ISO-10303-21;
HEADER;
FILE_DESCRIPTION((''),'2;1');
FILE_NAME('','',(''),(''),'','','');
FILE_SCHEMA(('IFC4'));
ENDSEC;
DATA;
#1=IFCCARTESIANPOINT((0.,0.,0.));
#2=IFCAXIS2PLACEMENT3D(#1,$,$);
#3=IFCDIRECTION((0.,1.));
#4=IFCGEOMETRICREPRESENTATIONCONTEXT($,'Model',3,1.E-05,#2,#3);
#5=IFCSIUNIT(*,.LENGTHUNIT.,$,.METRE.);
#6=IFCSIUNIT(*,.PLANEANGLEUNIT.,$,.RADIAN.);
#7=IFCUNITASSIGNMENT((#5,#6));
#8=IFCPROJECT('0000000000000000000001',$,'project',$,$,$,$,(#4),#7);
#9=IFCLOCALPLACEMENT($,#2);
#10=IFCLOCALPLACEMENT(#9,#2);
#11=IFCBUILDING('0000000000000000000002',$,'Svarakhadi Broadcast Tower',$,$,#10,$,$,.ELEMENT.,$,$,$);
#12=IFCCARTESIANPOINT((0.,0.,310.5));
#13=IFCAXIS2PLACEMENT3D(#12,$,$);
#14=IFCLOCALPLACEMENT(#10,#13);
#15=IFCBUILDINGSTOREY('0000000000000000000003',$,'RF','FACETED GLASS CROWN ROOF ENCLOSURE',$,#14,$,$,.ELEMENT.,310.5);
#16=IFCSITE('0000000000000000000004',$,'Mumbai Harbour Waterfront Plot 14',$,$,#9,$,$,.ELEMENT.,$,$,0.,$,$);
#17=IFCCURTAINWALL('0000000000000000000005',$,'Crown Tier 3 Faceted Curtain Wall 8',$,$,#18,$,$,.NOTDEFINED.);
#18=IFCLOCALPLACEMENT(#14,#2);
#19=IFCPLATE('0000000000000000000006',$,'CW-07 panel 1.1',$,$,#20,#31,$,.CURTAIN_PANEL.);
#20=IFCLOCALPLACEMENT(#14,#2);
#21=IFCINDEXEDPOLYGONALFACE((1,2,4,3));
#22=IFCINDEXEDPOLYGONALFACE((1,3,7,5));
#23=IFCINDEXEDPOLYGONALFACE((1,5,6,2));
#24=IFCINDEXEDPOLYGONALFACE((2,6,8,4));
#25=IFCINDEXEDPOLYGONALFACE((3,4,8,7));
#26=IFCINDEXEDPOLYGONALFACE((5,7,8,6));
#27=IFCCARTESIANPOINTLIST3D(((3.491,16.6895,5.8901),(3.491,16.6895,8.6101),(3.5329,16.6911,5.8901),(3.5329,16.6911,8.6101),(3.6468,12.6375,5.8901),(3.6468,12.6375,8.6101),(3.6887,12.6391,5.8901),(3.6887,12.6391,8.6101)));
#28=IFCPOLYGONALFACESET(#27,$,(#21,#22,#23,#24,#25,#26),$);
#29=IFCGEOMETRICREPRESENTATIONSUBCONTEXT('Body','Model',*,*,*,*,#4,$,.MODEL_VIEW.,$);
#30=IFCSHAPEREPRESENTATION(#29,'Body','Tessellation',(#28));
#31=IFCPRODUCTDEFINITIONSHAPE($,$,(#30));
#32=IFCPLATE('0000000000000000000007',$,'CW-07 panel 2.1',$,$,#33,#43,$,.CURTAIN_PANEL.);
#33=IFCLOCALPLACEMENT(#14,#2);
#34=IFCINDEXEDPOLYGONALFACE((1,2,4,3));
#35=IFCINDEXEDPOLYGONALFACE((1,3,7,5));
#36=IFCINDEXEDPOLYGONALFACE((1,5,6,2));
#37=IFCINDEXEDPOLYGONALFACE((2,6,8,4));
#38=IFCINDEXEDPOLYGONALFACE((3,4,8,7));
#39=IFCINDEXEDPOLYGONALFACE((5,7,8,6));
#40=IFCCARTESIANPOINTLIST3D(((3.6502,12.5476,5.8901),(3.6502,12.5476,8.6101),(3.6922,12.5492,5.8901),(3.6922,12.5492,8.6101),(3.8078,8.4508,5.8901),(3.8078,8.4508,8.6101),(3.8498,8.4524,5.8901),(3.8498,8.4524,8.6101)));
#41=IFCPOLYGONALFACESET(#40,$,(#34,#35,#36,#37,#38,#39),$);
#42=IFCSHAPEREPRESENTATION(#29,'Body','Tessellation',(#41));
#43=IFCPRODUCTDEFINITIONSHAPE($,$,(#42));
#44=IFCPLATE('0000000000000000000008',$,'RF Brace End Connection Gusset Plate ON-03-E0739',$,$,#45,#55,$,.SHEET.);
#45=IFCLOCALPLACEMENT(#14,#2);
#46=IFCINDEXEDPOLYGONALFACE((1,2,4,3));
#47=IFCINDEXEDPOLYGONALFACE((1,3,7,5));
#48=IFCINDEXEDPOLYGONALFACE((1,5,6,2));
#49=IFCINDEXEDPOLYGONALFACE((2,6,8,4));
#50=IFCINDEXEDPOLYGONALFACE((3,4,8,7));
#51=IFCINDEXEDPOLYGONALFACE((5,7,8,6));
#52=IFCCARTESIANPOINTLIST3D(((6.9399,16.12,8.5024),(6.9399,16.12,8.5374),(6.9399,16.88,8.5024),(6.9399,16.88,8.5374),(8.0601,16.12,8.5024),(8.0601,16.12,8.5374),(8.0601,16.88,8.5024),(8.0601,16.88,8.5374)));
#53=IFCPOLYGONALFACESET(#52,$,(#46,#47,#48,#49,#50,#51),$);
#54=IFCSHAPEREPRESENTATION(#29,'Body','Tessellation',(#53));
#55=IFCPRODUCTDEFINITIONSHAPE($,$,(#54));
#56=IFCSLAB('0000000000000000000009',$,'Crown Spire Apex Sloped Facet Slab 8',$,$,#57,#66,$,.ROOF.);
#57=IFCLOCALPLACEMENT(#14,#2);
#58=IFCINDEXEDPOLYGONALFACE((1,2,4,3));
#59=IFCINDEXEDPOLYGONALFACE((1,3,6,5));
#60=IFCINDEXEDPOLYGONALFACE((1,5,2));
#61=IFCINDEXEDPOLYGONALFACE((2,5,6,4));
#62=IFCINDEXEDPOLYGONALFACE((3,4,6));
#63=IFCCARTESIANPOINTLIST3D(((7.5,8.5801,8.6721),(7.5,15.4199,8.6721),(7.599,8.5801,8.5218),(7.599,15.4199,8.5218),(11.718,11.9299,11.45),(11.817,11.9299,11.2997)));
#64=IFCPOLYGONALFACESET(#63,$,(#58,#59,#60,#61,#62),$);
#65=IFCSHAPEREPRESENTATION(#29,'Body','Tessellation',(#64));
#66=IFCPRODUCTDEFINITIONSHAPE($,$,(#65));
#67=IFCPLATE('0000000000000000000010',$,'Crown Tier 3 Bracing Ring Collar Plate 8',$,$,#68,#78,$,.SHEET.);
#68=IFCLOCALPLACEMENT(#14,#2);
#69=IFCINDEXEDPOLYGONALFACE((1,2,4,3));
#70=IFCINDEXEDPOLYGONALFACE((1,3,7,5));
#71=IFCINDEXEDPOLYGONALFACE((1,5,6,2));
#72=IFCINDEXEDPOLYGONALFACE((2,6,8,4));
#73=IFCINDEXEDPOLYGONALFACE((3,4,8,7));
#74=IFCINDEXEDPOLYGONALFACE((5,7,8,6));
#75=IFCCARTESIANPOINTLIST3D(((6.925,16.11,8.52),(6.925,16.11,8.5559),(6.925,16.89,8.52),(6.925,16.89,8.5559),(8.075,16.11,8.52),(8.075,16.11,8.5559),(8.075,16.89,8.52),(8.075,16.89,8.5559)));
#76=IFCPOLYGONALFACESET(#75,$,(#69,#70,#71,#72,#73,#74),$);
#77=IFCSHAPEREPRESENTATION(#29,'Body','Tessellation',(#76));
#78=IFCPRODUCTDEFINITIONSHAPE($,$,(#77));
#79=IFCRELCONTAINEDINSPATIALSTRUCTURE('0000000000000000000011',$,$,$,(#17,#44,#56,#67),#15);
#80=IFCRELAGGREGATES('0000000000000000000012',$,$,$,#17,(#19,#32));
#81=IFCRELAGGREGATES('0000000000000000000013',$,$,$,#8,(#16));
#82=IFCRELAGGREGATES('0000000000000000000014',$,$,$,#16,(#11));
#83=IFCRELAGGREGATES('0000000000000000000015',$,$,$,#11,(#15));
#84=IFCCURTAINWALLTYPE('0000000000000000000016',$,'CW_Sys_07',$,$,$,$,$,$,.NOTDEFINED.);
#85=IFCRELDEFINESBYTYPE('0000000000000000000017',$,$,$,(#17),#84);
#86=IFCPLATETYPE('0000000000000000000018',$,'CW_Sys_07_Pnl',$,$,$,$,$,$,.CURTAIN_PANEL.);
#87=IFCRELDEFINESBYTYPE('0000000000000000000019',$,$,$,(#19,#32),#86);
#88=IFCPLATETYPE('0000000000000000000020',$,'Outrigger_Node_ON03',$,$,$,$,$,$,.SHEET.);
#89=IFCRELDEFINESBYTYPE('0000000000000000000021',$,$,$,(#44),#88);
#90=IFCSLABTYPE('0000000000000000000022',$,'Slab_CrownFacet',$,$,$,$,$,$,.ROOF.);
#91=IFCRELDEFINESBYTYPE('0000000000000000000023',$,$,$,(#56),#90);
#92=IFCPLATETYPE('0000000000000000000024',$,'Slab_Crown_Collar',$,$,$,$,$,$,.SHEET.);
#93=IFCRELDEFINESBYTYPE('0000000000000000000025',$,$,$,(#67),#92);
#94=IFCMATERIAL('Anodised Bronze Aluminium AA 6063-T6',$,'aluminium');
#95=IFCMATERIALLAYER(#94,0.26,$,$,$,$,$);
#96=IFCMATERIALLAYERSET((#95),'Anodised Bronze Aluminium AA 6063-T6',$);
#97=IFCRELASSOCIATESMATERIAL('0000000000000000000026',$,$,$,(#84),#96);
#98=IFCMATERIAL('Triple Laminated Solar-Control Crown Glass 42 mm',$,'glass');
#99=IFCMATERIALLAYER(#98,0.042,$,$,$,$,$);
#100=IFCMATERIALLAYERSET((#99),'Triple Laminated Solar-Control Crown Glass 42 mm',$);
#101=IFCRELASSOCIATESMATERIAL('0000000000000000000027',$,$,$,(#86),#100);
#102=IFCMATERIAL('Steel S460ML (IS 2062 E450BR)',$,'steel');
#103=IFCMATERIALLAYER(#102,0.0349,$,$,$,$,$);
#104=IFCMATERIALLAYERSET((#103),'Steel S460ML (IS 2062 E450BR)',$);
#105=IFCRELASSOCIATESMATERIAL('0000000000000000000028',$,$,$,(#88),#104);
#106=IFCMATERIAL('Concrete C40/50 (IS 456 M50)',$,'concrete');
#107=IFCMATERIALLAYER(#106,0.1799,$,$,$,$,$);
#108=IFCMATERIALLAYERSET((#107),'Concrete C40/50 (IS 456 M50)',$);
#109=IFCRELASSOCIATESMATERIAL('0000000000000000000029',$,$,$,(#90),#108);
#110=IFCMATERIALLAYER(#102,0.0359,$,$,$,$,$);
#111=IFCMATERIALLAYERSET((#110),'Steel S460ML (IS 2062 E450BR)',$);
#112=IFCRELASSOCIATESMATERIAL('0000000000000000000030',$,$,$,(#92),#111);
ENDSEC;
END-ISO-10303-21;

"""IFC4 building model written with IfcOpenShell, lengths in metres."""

from ifc_helpers import new_model, si_unit, direction, frame, origin, origin_2d, place, context, subcontext, project, spatial, polyline, rectangle, outline, extrude, material, layer, layer_set, type_object, element, aggregate, save


model = new_model("IFC4")

# Units and contexts
model_context = context("Model", 3, precision=1e-05, world=origin(), true_north=direction((0.0, 1.0)))
body_context = subcontext(model_context, "Body", "Model", "MODEL_VIEW")
ifc_project = project(units=[si_unit("LENGTHUNIT", "METRE"), si_unit("PLANEANGLEUNIT", "RADIAN")], contexts=[model_context])

# Site, building, storey
site_placement = place(None, origin())
site = spatial("IfcSite", under=ifc_project, at=site_placement, Name="Mumbai Harbour Waterfront Plot 14", CompositionType="ELEMENT", RefElevation=0.0)
building_placement = place(site_placement, origin())
building = spatial("IfcBuilding", under=site, at=building_placement, Name="Svarakhadi Broadcast Tower", CompositionType="ELEMENT")
storey_placement = place(building_placement, frame((0.0, 0.0, 310.5)))
storey = spatial("IfcBuildingStorey", under=building, at=storey_placement, Name="RF", Description="FACETED GLASS CROWN ROOF ENCLOSURE", CompositionType="ELEMENT", Elevation=310.5)

# Shared definitions
ifc_material_1 = material(Name="Steel S460ML (IS 2062 E450BR)", Category="steel")

# Shared definitions
ifc_material_2 = material(Name="Anodised Bronze Aluminium AA 6063-T6", Category="aluminium")
ifc_layer_1 = layer(ifc_material_2, 0.26)
ifc_layer_set_1 = layer_set([ifc_layer_1], Name="Anodised Bronze Aluminium AA 6063-T6")
curtain_wall_type = type_object("IfcCurtainWallType", Name="CW_Sys_07", PredefinedType="NOTDEFINED", material=ifc_layer_set_1)

# Curtain wall
curtain_wall_1_placement = place(storey_placement, origin())
curtain_wall_1 = element("IfcCurtainWall", 1, at=curtain_wall_1_placement, inside=storey, type_object=curtain_wall_type, Name="Crown Tier 3 Faceted Curtain Wall 8", PredefinedType="NOTDEFINED")

# Plates
ifc_material_3 = material(Name="Triple Laminated Solar-Control Crown Glass 42 mm", Category="glass")
ifc_layer_2 = layer(ifc_material_3, 0.042)
ifc_layer_set_2 = layer_set([ifc_layer_2], Name="Triple Laminated Solar-Control Crown Glass 42 mm")
plate_type_1 = type_object("IfcPlateType", Name="CW_Sys_07_Pnl", PredefinedType="CURTAIN_PANEL", material=ifc_layer_set_2)
plate_1_placement = place(storey_placement, frame((3.5898, 14.6643, 5.8901), z_axis=(0.0, 0.0, 1.0), x_axis=(0.038426, -0.999261, 0.0)))
plate_1 = element("IfcPlate", 2, at=plate_1_placement, type_object=plate_type_1, Name="CW-07 panel 1.1", PredefinedType="CURTAIN_PANEL", context=body_context, shape_type="SweptSolid", body=[
    extrude(rectangle(XDim=4.0549, YDim=0.042, at=origin_2d()), origin(), (0.0, 0.0, 1.0), 2.72),
])
plate_2_placement = place(storey_placement, frame((3.75, 10.5, 5.8901), z_axis=(0.0, 0.0, 1.0), x_axis=(0.038426, -0.999261, 0.0)))
plate_2 = element("IfcPlate", 3, at=plate_2_placement, type_object=plate_type_1, Name="CW-07 panel 2.1", PredefinedType="CURTAIN_PANEL", context=body_context, shape_type="SweptSolid", body=[
    extrude(rectangle(XDim=4.0999, YDim=0.042, at=origin_2d()), origin(), (0.0, 0.0, 1.0), 2.72),
])
aggregate(curtain_wall_1, [plate_1, plate_2])
ifc_layer_3 = layer(ifc_material_1, 0.0349)
ifc_layer_set_3 = layer_set([ifc_layer_3], Name="Steel S460ML (IS 2062 E450BR)")
plate_type_2 = type_object("IfcPlateType", Name="Outrigger_Node_ON03", PredefinedType="SHEET", material=ifc_layer_set_3)
plate_3_placement = place(storey_placement, frame((7.5, 16.5, 8.5024), z_axis=(0.0, 0.0, 1.0), x_axis=(1.0, 0.0, 0.0)))
element("IfcPlate", 4, at=plate_3_placement, inside=storey, type_object=plate_type_2, Name="RF Brace End Connection Gusset Plate ON-03-E0739", PredefinedType="SHEET", context=body_context, shape_type="SweptSolid", body=[
    extrude(rectangle(XDim=1.1201, YDim=0.76, at=origin_2d()), origin(), (0.0, 0.0, 1.0), 0.0349),
])

# Slab
ifc_material_4 = material(Name="Concrete C40/50 (IS 456 M50)", Category="concrete")
ifc_layer_4 = layer(ifc_material_4, 0.1799)
ifc_layer_set_4 = layer_set([ifc_layer_4], Name="Concrete C40/50 (IS 456 M50)")
slab_type = type_object("IfcSlabType", Name="Slab_CrownFacet", PredefinedType="ROOF", material=ifc_layer_set_4)
slab_placement = place(storey_placement, frame((7.5, 15.4199, 8.6721), z_axis=(-0.550006, 0.0, 0.835161), x_axis=(0.0, -1.0, 0.0)))
element("IfcSlab", 5, at=slab_placement, inside=storey, type_object=slab_type, Name="Crown Spire Apex Sloped Facet Slab 8", PredefinedType="ROOF", context=body_context, shape_type="SweptSolid", body=[
    extrude(outline(polyline([(0.0, 0.0), (6.8398, 0.0), (3.49, 5.0505), (0.0, 0.0)])), origin(), (0.0, 0.0, -1.0), 0.1799),
])

# Plate
ifc_layer_5 = layer(ifc_material_1, 0.0359)
ifc_layer_set_5 = layer_set([ifc_layer_5], Name="Steel S460ML (IS 2062 E450BR)")
plate_type_3 = type_object("IfcPlateType", Name="Slab_Crown_Collar", PredefinedType="SHEET", material=ifc_layer_set_5)
plate_4_placement = place(storey_placement, frame((7.5, 16.5, 8.52), z_axis=(0.0, 0.0, 1.0), x_axis=(1.0, 0.0, 0.0)))
element("IfcPlate", 6, at=plate_4_placement, inside=storey, type_object=plate_type_3, Name="Crown Tier 3 Bracing Ring Collar Plate 8", PredefinedType="SHEET", context=body_context, shape_type="SweptSolid", body=[
    extrude(rectangle(XDim=1.1499, YDim=0.78, at=origin_2d()), origin(), (0.0, 0.0, 1.0), 0.0359),
])

save(model, "model.ifc")
